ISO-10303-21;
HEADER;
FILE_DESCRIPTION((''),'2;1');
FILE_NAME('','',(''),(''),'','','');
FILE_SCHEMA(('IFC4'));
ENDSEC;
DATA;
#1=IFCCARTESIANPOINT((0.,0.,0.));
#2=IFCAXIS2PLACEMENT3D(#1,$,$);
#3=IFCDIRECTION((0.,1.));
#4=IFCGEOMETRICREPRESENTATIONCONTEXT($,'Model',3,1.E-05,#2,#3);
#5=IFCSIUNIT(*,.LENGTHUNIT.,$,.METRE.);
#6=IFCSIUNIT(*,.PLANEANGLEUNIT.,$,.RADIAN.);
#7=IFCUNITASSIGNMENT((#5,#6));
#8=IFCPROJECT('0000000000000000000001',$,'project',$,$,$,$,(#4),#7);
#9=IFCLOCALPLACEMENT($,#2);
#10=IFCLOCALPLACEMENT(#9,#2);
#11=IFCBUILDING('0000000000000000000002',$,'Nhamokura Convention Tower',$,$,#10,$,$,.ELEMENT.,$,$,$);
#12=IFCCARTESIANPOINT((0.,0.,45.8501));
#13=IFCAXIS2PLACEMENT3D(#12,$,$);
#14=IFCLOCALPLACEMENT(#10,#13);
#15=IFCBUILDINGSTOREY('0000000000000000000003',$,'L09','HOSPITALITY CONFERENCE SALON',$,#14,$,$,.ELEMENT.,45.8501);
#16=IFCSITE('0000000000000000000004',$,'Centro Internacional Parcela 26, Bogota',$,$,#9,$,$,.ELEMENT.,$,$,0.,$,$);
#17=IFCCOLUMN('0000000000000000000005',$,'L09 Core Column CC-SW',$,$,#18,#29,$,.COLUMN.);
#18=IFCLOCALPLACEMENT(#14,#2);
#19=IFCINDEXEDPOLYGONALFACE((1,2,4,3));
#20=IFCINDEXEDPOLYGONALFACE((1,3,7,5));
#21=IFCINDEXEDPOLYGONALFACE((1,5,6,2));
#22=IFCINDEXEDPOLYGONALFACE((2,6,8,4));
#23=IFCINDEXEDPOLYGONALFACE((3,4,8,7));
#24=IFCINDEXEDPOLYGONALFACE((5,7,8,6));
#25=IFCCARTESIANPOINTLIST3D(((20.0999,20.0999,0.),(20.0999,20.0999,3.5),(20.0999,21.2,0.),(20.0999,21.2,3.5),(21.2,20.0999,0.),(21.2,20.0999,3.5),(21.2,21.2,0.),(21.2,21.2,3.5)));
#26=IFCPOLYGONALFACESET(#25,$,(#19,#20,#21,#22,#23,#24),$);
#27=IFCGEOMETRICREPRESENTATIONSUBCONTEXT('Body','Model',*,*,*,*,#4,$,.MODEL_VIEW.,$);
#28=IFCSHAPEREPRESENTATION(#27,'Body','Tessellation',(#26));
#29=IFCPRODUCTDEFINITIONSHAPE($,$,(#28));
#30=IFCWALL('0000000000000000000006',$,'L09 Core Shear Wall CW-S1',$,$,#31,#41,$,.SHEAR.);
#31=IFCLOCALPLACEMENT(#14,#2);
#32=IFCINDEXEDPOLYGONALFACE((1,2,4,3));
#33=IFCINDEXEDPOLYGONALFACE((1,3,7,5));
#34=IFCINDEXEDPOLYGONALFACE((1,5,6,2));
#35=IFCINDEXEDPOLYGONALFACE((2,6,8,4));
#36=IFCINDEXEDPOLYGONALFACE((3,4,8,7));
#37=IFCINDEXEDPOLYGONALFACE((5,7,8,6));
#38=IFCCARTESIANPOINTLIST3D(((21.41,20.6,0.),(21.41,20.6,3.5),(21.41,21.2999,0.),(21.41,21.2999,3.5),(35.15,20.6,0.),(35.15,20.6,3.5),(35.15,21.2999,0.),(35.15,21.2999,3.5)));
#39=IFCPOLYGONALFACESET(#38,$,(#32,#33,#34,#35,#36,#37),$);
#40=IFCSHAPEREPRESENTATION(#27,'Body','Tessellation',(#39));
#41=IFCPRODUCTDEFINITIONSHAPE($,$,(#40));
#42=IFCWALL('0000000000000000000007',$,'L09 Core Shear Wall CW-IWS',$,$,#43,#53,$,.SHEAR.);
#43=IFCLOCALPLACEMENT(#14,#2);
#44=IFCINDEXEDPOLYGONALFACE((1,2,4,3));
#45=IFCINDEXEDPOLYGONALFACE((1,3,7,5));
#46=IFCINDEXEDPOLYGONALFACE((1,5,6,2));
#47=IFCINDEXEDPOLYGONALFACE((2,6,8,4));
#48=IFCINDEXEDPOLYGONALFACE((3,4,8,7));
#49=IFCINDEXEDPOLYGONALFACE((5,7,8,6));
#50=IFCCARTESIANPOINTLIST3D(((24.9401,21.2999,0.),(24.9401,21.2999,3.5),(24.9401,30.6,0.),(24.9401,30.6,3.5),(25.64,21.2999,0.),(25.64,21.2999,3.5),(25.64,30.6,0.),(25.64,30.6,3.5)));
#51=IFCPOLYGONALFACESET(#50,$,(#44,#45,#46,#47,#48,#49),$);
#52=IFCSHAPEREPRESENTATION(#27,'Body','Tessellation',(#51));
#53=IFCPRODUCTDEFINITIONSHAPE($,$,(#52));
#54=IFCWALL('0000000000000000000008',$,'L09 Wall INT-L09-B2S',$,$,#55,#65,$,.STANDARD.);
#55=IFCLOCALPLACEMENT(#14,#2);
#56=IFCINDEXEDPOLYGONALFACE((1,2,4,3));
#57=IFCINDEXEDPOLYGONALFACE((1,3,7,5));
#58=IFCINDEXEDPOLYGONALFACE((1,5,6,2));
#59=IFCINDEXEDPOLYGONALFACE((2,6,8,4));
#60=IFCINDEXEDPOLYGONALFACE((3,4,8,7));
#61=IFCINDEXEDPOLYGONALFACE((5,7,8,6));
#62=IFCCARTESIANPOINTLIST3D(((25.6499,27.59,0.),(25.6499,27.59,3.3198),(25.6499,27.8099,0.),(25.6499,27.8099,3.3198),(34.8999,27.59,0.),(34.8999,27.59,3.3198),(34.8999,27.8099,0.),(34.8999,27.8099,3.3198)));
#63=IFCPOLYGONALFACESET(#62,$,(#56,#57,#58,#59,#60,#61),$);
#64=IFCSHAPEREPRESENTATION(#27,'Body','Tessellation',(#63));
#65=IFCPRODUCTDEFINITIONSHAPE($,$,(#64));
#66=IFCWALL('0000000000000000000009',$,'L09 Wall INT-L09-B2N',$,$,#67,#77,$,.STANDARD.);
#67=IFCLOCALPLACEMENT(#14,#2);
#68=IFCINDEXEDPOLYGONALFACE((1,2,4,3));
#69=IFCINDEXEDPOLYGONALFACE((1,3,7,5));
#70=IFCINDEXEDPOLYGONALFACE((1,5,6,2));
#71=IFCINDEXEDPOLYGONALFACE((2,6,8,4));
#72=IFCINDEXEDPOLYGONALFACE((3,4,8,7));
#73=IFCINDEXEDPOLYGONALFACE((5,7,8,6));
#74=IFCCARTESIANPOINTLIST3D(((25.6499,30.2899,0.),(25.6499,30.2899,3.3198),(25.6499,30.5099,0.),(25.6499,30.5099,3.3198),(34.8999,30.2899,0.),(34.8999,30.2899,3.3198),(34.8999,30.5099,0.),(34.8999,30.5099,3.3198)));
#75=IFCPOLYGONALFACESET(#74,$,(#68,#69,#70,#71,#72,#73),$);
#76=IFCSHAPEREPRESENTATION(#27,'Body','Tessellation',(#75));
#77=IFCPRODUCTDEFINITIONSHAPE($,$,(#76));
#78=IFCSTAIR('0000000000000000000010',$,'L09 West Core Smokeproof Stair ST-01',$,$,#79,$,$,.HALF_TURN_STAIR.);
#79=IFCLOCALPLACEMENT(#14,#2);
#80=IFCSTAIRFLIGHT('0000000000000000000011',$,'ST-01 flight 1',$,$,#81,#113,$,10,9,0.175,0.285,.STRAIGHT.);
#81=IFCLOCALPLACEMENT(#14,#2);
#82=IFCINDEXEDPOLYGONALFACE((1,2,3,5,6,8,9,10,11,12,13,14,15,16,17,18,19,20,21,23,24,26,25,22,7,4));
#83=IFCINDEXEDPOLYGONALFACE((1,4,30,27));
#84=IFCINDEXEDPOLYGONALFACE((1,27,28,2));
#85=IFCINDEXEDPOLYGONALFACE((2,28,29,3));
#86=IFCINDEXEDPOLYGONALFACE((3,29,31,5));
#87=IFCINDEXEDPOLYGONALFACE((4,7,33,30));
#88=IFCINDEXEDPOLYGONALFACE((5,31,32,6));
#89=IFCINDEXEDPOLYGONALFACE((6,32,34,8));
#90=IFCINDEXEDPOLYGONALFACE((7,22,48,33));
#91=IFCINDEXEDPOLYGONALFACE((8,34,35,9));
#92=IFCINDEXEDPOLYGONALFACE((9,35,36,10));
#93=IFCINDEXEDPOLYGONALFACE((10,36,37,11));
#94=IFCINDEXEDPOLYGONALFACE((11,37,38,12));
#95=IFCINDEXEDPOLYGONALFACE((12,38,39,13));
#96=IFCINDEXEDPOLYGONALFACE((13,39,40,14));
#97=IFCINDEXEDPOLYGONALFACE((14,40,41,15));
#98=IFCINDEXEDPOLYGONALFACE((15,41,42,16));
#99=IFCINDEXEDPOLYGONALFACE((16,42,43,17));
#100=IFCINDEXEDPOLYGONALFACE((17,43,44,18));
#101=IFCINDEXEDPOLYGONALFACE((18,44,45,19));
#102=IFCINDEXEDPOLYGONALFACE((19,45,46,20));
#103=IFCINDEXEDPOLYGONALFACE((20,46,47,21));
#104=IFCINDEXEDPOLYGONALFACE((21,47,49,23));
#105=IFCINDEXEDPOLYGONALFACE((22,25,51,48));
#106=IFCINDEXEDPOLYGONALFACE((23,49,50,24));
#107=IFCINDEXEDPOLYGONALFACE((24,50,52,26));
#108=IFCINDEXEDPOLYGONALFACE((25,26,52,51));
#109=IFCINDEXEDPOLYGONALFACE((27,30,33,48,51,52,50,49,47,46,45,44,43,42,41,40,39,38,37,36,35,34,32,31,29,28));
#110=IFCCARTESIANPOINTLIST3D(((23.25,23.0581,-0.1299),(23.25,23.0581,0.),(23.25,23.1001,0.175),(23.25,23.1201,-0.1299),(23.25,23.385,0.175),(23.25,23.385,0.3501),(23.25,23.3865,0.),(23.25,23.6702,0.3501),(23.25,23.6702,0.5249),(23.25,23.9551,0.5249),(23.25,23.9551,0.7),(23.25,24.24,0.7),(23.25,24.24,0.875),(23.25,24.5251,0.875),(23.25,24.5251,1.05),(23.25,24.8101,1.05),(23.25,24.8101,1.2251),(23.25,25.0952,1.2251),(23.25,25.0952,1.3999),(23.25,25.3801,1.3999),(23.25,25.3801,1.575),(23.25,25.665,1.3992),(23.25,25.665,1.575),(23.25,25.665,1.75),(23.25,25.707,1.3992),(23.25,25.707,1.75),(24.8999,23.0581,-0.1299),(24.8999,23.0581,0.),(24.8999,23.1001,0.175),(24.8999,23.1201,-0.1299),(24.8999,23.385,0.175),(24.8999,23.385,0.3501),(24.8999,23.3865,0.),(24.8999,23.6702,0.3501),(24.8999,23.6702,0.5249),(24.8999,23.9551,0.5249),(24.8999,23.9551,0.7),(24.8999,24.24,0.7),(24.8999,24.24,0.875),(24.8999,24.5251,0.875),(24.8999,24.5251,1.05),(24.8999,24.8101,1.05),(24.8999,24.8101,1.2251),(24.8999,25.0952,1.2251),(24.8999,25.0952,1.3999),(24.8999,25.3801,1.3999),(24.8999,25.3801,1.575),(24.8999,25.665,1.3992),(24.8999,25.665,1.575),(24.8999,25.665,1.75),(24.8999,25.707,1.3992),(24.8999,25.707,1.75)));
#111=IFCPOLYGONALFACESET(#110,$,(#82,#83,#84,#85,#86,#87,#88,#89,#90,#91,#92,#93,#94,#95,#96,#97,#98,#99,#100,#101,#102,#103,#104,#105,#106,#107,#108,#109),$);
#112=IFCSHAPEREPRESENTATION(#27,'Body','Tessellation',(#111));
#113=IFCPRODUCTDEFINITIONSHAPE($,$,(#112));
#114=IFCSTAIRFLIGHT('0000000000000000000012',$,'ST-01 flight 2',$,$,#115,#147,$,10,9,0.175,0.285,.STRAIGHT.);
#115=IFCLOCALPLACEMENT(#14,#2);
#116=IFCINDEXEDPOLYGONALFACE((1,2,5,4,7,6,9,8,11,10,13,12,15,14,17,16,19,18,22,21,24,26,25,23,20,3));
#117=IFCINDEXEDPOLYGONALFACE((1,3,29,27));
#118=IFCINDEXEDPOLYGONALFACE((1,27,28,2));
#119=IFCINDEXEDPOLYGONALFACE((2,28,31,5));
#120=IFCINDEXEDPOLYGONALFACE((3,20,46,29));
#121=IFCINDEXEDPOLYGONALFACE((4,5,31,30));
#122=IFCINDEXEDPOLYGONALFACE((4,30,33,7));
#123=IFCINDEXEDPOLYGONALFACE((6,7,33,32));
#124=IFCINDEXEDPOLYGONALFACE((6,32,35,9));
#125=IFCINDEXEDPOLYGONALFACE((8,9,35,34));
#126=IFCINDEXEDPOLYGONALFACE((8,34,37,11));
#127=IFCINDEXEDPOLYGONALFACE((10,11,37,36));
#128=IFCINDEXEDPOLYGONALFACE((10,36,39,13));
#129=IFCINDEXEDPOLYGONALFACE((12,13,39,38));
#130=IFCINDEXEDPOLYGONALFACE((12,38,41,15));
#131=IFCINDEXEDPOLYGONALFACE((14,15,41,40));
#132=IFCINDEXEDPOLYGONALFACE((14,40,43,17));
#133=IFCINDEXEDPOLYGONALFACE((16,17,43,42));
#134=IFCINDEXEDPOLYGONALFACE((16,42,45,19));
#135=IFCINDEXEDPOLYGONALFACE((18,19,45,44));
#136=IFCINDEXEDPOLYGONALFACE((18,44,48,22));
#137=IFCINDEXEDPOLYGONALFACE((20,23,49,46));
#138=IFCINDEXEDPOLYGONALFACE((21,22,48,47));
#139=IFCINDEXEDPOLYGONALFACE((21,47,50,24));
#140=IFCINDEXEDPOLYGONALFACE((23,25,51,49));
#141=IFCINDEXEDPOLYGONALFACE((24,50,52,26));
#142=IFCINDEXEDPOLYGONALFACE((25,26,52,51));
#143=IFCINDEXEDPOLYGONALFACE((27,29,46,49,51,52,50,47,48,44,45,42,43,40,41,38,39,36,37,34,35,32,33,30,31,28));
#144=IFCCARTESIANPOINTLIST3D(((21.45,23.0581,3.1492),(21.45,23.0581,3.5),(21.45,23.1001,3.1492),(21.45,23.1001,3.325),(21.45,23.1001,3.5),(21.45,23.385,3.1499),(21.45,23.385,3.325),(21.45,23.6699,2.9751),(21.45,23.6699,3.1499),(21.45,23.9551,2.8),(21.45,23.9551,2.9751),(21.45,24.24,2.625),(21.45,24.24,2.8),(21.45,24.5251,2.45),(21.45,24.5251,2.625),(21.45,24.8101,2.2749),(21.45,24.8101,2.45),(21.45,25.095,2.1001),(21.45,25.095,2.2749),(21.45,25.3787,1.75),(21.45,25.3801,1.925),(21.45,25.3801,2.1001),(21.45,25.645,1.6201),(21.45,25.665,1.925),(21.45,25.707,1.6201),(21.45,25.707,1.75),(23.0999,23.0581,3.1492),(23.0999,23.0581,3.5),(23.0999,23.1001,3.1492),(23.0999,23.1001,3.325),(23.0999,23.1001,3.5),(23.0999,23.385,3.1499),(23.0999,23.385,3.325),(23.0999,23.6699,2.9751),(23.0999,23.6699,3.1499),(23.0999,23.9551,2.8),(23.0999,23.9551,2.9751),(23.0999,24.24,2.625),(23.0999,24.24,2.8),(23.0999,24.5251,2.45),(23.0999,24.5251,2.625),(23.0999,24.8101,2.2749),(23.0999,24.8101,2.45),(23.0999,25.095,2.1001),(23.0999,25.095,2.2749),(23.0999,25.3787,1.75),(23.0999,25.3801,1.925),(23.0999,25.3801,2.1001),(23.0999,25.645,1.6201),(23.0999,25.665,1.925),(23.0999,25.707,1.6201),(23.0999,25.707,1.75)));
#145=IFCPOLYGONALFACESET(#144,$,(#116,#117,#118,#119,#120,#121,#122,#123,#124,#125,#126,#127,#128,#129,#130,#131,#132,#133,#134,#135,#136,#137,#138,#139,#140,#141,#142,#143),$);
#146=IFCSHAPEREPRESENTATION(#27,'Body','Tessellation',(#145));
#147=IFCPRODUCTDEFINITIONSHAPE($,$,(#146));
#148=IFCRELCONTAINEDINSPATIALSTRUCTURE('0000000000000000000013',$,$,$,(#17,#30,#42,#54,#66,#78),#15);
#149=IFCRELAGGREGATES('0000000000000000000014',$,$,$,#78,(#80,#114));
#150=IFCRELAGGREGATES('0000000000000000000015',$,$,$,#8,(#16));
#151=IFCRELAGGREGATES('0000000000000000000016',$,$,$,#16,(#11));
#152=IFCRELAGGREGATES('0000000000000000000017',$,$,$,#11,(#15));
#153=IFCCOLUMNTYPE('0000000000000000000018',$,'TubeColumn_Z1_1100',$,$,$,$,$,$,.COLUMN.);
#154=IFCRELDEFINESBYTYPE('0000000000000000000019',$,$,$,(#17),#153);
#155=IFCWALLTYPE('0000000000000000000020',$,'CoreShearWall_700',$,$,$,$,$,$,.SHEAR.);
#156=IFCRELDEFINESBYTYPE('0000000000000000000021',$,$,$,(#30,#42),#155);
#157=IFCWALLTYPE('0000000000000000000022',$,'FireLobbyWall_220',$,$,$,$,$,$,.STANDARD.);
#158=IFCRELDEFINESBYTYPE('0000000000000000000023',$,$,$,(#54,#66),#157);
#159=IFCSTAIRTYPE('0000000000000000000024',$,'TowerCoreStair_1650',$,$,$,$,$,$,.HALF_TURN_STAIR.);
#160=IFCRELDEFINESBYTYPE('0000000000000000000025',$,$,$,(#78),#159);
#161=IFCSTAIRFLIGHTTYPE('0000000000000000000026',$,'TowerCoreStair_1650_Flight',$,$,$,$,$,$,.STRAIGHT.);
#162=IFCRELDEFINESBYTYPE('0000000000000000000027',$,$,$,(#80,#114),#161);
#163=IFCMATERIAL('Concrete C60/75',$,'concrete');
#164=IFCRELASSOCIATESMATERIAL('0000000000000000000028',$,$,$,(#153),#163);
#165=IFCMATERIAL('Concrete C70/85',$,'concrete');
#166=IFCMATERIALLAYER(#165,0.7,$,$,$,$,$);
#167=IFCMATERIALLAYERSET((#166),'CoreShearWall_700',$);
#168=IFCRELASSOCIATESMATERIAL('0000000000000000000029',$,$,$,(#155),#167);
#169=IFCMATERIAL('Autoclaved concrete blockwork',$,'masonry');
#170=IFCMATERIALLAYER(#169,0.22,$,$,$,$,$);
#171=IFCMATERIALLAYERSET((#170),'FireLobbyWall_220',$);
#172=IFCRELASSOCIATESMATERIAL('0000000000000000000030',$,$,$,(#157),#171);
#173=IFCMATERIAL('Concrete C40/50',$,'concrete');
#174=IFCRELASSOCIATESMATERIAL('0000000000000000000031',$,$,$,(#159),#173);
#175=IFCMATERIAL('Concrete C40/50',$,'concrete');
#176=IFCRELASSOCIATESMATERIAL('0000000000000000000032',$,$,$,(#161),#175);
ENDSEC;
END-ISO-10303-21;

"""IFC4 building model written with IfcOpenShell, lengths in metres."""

from ifc_helpers import new_model, si_unit, direction, frame, frame_2d, origin, origin_2d, place, context, subcontext, project, spatial, polyline, rectangle, outline, extrude, material, layer, layer_set, material_profile, profile_set, type_object, element, aggregate, save


model = new_model("IFC4")

# Units and contexts
model_context = context("Model", 3, precision=1e-05, world=origin(), true_north=direction((0.0, 1.0)))
body_context = subcontext(model_context, "Body", "Model", "MODEL_VIEW")
ifc_project = project(units=[si_unit("LENGTHUNIT", "METRE"), si_unit("PLANEANGLEUNIT", "RADIAN")], contexts=[model_context])

# Site, building, storey
site_placement = place(None, origin())
site = spatial("IfcSite", under=ifc_project, at=site_placement, Name="Centro Internacional Parcela 26, Bogota", CompositionType="ELEMENT", RefElevation=0.0)
building_placement = place(site_placement, origin())
building = spatial("IfcBuilding", under=site, at=building_placement, Name="Nhamokura Convention Tower", CompositionType="ELEMENT")
storey_placement = place(building_placement, frame((0.0, 0.0, 45.8501)))
storey = spatial("IfcBuildingStorey", under=building, at=storey_placement, Name="L09", Description="HOSPITALITY CONFERENCE SALON", CompositionType="ELEMENT", Elevation=45.8501)

# Column
ifc_material_1 = material(Name="Concrete C60/75", Category="concrete")
ifc_material_profile = material_profile(ifc_material_1, rectangle(XDim=1.1001, YDim=1.1001, at=origin_2d()))
ifc_profile_set = profile_set([ifc_material_profile], Name="Concrete C60/75")
column_type = type_object("IfcColumnType", Name="TubeColumn_Z1_1100", PredefinedType="COLUMN", material=ifc_profile_set)
column_placement = place(storey_placement, frame((20.6499, 20.6499, 0.0), z_axis=(0.0, 0.0, 1.0), x_axis=(1.0, 0.0, 0.0)))
element("IfcColumn", 1, at=column_placement, inside=storey, type_object=column_type, Name="L09 Core Column CC-SW", PredefinedType="COLUMN", context=body_context, shape_type="SweptSolid", body=[
    extrude(rectangle(XDim=1.1001, YDim=1.1001, at=origin_2d()), origin(), (0.0, 0.0, 1.0), 3.5),
])

# Shared definitions
ifc_material_2 = material(Name="Concrete C70/85", Category="concrete")
ifc_layer_1 = layer(ifc_material_2, 0.7)
ifc_layer_set_1 = layer_set([ifc_layer_1], Name="CoreShearWall_700")
wall_type_1 = type_object("IfcWallType", Name="CoreShearWall_700", PredefinedType="SHEAR", material=ifc_layer_set_1)

# Walls
wall_1_placement = place(storey_placement, frame((21.4099, 20.95, 0.0), z_axis=(0.0, 0.0, 1.0), x_axis=(1.0, 0.0, 0.0)))
element("IfcWall", 2, at=wall_1_placement, inside=storey, type_object=wall_type_1, Name="L09 Core Shear Wall CW-S1", PredefinedType="SHEAR", context=body_context, shape_type="SweptSolid", body=[
    extrude(rectangle(XDim=13.74, YDim=0.7, at=frame_2d((6.8701, 0.0))), origin(), (0.0, 0.0, 1.0), 3.5),
])
wall_2_placement = place(storey_placement, frame((25.29, 21.3, 0.0), z_axis=(0.0, 0.0, 1.0), x_axis=(0.0, 1.0, 0.0)))
element("IfcWall", 3, at=wall_2_placement, inside=storey, type_object=wall_type_1, Name="L09 Core Shear Wall CW-IWS", PredefinedType="SHEAR", context=body_context, shape_type="SweptSolid", body=[
    extrude(rectangle(XDim=9.3, YDim=0.7, at=frame_2d((4.6499, 0.0))), origin(), (0.0, 0.0, 1.0), 3.5),
])

# Shared definitions
ifc_material_3 = material(Name="Autoclaved concrete blockwork", Category="masonry")
ifc_layer_2 = layer(ifc_material_3, 0.22)
ifc_layer_set_2 = layer_set([ifc_layer_2], Name="FireLobbyWall_220")
wall_type_2 = type_object("IfcWallType", Name="FireLobbyWall_220", PredefinedType="STANDARD", material=ifc_layer_set_2)

# Walls
for number, where, z_axis, x_axis, name in (
    (4, (25.6499, 27.7, 0.0), (0.0, 0.0, 1.0), (1.0, 0.0, 0.0), "L09 Wall INT-L09-B2S"),
    (5, (25.6499, 30.3999, 0.0), (0.0, 0.0, 1.0), (1.0, 0.0, 0.0), "L09 Wall INT-L09-B2N"),
):
    element("IfcWall", number, at=place(storey_placement, frame(where, z_axis=z_axis, x_axis=x_axis)), inside=storey, type_object=wall_type_2, Name=name, PredefinedType="STANDARD", context=body_context, shape_type="SweptSolid", body=[
        extrude(rectangle(XDim=9.25, YDim=0.22, at=frame_2d((4.625, 0.0))), origin(), (0.0, 0.0, 1.0), 3.3198),
    ])

# Stair, stair flights
ifc_material_4 = material(Name="Concrete C40/50", Category="concrete")
stair_type = type_object("IfcStairType", Name="TowerCoreStair_1650", PredefinedType="HALF_TURN_STAIR", material=ifc_material_4)
stair_placement = place(storey_placement, origin())
stair = element("IfcStair", 6, at=stair_placement, inside=storey, type_object=stair_type, Name="L09 West Core Smokeproof Stair ST-01", PredefinedType="HALF_TURN_STAIR")
ifc_material_5 = material(Name="Concrete C40/50", Category="concrete")
stair_flight_type = type_object("IfcStairFlightType", Name="TowerCoreStair_1650_Flight", PredefinedType="STRAIGHT", material=ifc_material_5)
stair_flight_1_placement = place(storey_placement, frame((24.075, 23.1001, 0.0), z_axis=(0.0, 0.0, 1.0), x_axis=(0.0, 1.0, 0.0)))
stair_flight_1 = element("IfcStairFlight", 7, at=stair_flight_1_placement, type_object=stair_flight_type, Name="ST-01 flight 1", NumberOfRisers=10, NumberOfTreads=9, PredefinedType="STRAIGHT", RiserHeight=0.175, TreadLength=0.285, context=body_context, shape_type="SweptSolid", body=[
    extrude(outline(polyline([(-0.042, 0.0), (0.0, 0.175), (0.2849, 0.175), (0.2849, 0.3501), (0.5701, 0.3501), (0.5701, 0.5249), (0.855, 0.5249), (0.855, 0.7), (1.1399, 0.7), (1.1399, 0.875), (1.425, 0.875), (1.425, 1.05), (1.71, 1.05), (1.71, 1.2251), (1.9951, 1.2251), (1.9951, 1.3999), (2.28, 1.3999), (2.28, 1.575), (2.5649, 1.575), (2.5649, 1.75), (2.6069, 1.75), (2.6069, 1.3992), (2.5649, 1.3992), (0.2864, 0.0), (0.02, -0.1299), (-0.042, -0.1299), (-0.042, 0.0)])), frame((0.0, 0.825, 0.0), z_axis=(0.0, -1.0, 0.0), x_axis=(1.0, 0.0, 0.0)), (0.0, 0.0, 1.0), 1.6499),
])
stair_flight_2_placement = place(storey_placement, frame((22.2749, 25.665, 1.75), z_axis=(0.0, 0.0, 1.0), x_axis=(0.0, -1.0, 0.0)))
stair_flight_2 = element("IfcStairFlight", 8, at=stair_flight_2_placement, type_object=stair_flight_type, Name="ST-01 flight 2", NumberOfRisers=10, NumberOfTreads=9, PredefinedType="STRAIGHT", RiserHeight=0.175, TreadLength=0.285, context=body_context, shape_type="SweptSolid", body=[
    extrude(outline(polyline([(-0.042, 0.0), (0.0, 0.175), (0.2849, 0.175), (0.2849, 0.3501), (0.5701, 0.3501), (0.5701, 0.5249), (0.855, 0.5249), (0.855, 0.7), (1.1399, 0.7), (1.1399, 0.875), (1.425, 0.875), (1.425, 1.05), (1.71, 1.05), (1.71, 1.2251), (1.9951, 1.2251), (1.9951, 1.3999), (2.28, 1.3999), (2.28, 1.575), (2.5649, 1.575), (2.5649, 1.75), (2.6069, 1.75), (2.6069, 1.3992), (2.5649, 1.3992), (0.2864, 0.0), (0.02, -0.1299), (-0.042, -0.1299), (-0.042, 0.0)])), frame((0.0, 0.825, 0.0), z_axis=(0.0, -1.0, 0.0), x_axis=(1.0, 0.0, 0.0)), (0.0, 0.0, 1.0), 1.6499),
])
aggregate(stair, [stair_flight_1, stair_flight_2])

save(model, "model.ifc")
